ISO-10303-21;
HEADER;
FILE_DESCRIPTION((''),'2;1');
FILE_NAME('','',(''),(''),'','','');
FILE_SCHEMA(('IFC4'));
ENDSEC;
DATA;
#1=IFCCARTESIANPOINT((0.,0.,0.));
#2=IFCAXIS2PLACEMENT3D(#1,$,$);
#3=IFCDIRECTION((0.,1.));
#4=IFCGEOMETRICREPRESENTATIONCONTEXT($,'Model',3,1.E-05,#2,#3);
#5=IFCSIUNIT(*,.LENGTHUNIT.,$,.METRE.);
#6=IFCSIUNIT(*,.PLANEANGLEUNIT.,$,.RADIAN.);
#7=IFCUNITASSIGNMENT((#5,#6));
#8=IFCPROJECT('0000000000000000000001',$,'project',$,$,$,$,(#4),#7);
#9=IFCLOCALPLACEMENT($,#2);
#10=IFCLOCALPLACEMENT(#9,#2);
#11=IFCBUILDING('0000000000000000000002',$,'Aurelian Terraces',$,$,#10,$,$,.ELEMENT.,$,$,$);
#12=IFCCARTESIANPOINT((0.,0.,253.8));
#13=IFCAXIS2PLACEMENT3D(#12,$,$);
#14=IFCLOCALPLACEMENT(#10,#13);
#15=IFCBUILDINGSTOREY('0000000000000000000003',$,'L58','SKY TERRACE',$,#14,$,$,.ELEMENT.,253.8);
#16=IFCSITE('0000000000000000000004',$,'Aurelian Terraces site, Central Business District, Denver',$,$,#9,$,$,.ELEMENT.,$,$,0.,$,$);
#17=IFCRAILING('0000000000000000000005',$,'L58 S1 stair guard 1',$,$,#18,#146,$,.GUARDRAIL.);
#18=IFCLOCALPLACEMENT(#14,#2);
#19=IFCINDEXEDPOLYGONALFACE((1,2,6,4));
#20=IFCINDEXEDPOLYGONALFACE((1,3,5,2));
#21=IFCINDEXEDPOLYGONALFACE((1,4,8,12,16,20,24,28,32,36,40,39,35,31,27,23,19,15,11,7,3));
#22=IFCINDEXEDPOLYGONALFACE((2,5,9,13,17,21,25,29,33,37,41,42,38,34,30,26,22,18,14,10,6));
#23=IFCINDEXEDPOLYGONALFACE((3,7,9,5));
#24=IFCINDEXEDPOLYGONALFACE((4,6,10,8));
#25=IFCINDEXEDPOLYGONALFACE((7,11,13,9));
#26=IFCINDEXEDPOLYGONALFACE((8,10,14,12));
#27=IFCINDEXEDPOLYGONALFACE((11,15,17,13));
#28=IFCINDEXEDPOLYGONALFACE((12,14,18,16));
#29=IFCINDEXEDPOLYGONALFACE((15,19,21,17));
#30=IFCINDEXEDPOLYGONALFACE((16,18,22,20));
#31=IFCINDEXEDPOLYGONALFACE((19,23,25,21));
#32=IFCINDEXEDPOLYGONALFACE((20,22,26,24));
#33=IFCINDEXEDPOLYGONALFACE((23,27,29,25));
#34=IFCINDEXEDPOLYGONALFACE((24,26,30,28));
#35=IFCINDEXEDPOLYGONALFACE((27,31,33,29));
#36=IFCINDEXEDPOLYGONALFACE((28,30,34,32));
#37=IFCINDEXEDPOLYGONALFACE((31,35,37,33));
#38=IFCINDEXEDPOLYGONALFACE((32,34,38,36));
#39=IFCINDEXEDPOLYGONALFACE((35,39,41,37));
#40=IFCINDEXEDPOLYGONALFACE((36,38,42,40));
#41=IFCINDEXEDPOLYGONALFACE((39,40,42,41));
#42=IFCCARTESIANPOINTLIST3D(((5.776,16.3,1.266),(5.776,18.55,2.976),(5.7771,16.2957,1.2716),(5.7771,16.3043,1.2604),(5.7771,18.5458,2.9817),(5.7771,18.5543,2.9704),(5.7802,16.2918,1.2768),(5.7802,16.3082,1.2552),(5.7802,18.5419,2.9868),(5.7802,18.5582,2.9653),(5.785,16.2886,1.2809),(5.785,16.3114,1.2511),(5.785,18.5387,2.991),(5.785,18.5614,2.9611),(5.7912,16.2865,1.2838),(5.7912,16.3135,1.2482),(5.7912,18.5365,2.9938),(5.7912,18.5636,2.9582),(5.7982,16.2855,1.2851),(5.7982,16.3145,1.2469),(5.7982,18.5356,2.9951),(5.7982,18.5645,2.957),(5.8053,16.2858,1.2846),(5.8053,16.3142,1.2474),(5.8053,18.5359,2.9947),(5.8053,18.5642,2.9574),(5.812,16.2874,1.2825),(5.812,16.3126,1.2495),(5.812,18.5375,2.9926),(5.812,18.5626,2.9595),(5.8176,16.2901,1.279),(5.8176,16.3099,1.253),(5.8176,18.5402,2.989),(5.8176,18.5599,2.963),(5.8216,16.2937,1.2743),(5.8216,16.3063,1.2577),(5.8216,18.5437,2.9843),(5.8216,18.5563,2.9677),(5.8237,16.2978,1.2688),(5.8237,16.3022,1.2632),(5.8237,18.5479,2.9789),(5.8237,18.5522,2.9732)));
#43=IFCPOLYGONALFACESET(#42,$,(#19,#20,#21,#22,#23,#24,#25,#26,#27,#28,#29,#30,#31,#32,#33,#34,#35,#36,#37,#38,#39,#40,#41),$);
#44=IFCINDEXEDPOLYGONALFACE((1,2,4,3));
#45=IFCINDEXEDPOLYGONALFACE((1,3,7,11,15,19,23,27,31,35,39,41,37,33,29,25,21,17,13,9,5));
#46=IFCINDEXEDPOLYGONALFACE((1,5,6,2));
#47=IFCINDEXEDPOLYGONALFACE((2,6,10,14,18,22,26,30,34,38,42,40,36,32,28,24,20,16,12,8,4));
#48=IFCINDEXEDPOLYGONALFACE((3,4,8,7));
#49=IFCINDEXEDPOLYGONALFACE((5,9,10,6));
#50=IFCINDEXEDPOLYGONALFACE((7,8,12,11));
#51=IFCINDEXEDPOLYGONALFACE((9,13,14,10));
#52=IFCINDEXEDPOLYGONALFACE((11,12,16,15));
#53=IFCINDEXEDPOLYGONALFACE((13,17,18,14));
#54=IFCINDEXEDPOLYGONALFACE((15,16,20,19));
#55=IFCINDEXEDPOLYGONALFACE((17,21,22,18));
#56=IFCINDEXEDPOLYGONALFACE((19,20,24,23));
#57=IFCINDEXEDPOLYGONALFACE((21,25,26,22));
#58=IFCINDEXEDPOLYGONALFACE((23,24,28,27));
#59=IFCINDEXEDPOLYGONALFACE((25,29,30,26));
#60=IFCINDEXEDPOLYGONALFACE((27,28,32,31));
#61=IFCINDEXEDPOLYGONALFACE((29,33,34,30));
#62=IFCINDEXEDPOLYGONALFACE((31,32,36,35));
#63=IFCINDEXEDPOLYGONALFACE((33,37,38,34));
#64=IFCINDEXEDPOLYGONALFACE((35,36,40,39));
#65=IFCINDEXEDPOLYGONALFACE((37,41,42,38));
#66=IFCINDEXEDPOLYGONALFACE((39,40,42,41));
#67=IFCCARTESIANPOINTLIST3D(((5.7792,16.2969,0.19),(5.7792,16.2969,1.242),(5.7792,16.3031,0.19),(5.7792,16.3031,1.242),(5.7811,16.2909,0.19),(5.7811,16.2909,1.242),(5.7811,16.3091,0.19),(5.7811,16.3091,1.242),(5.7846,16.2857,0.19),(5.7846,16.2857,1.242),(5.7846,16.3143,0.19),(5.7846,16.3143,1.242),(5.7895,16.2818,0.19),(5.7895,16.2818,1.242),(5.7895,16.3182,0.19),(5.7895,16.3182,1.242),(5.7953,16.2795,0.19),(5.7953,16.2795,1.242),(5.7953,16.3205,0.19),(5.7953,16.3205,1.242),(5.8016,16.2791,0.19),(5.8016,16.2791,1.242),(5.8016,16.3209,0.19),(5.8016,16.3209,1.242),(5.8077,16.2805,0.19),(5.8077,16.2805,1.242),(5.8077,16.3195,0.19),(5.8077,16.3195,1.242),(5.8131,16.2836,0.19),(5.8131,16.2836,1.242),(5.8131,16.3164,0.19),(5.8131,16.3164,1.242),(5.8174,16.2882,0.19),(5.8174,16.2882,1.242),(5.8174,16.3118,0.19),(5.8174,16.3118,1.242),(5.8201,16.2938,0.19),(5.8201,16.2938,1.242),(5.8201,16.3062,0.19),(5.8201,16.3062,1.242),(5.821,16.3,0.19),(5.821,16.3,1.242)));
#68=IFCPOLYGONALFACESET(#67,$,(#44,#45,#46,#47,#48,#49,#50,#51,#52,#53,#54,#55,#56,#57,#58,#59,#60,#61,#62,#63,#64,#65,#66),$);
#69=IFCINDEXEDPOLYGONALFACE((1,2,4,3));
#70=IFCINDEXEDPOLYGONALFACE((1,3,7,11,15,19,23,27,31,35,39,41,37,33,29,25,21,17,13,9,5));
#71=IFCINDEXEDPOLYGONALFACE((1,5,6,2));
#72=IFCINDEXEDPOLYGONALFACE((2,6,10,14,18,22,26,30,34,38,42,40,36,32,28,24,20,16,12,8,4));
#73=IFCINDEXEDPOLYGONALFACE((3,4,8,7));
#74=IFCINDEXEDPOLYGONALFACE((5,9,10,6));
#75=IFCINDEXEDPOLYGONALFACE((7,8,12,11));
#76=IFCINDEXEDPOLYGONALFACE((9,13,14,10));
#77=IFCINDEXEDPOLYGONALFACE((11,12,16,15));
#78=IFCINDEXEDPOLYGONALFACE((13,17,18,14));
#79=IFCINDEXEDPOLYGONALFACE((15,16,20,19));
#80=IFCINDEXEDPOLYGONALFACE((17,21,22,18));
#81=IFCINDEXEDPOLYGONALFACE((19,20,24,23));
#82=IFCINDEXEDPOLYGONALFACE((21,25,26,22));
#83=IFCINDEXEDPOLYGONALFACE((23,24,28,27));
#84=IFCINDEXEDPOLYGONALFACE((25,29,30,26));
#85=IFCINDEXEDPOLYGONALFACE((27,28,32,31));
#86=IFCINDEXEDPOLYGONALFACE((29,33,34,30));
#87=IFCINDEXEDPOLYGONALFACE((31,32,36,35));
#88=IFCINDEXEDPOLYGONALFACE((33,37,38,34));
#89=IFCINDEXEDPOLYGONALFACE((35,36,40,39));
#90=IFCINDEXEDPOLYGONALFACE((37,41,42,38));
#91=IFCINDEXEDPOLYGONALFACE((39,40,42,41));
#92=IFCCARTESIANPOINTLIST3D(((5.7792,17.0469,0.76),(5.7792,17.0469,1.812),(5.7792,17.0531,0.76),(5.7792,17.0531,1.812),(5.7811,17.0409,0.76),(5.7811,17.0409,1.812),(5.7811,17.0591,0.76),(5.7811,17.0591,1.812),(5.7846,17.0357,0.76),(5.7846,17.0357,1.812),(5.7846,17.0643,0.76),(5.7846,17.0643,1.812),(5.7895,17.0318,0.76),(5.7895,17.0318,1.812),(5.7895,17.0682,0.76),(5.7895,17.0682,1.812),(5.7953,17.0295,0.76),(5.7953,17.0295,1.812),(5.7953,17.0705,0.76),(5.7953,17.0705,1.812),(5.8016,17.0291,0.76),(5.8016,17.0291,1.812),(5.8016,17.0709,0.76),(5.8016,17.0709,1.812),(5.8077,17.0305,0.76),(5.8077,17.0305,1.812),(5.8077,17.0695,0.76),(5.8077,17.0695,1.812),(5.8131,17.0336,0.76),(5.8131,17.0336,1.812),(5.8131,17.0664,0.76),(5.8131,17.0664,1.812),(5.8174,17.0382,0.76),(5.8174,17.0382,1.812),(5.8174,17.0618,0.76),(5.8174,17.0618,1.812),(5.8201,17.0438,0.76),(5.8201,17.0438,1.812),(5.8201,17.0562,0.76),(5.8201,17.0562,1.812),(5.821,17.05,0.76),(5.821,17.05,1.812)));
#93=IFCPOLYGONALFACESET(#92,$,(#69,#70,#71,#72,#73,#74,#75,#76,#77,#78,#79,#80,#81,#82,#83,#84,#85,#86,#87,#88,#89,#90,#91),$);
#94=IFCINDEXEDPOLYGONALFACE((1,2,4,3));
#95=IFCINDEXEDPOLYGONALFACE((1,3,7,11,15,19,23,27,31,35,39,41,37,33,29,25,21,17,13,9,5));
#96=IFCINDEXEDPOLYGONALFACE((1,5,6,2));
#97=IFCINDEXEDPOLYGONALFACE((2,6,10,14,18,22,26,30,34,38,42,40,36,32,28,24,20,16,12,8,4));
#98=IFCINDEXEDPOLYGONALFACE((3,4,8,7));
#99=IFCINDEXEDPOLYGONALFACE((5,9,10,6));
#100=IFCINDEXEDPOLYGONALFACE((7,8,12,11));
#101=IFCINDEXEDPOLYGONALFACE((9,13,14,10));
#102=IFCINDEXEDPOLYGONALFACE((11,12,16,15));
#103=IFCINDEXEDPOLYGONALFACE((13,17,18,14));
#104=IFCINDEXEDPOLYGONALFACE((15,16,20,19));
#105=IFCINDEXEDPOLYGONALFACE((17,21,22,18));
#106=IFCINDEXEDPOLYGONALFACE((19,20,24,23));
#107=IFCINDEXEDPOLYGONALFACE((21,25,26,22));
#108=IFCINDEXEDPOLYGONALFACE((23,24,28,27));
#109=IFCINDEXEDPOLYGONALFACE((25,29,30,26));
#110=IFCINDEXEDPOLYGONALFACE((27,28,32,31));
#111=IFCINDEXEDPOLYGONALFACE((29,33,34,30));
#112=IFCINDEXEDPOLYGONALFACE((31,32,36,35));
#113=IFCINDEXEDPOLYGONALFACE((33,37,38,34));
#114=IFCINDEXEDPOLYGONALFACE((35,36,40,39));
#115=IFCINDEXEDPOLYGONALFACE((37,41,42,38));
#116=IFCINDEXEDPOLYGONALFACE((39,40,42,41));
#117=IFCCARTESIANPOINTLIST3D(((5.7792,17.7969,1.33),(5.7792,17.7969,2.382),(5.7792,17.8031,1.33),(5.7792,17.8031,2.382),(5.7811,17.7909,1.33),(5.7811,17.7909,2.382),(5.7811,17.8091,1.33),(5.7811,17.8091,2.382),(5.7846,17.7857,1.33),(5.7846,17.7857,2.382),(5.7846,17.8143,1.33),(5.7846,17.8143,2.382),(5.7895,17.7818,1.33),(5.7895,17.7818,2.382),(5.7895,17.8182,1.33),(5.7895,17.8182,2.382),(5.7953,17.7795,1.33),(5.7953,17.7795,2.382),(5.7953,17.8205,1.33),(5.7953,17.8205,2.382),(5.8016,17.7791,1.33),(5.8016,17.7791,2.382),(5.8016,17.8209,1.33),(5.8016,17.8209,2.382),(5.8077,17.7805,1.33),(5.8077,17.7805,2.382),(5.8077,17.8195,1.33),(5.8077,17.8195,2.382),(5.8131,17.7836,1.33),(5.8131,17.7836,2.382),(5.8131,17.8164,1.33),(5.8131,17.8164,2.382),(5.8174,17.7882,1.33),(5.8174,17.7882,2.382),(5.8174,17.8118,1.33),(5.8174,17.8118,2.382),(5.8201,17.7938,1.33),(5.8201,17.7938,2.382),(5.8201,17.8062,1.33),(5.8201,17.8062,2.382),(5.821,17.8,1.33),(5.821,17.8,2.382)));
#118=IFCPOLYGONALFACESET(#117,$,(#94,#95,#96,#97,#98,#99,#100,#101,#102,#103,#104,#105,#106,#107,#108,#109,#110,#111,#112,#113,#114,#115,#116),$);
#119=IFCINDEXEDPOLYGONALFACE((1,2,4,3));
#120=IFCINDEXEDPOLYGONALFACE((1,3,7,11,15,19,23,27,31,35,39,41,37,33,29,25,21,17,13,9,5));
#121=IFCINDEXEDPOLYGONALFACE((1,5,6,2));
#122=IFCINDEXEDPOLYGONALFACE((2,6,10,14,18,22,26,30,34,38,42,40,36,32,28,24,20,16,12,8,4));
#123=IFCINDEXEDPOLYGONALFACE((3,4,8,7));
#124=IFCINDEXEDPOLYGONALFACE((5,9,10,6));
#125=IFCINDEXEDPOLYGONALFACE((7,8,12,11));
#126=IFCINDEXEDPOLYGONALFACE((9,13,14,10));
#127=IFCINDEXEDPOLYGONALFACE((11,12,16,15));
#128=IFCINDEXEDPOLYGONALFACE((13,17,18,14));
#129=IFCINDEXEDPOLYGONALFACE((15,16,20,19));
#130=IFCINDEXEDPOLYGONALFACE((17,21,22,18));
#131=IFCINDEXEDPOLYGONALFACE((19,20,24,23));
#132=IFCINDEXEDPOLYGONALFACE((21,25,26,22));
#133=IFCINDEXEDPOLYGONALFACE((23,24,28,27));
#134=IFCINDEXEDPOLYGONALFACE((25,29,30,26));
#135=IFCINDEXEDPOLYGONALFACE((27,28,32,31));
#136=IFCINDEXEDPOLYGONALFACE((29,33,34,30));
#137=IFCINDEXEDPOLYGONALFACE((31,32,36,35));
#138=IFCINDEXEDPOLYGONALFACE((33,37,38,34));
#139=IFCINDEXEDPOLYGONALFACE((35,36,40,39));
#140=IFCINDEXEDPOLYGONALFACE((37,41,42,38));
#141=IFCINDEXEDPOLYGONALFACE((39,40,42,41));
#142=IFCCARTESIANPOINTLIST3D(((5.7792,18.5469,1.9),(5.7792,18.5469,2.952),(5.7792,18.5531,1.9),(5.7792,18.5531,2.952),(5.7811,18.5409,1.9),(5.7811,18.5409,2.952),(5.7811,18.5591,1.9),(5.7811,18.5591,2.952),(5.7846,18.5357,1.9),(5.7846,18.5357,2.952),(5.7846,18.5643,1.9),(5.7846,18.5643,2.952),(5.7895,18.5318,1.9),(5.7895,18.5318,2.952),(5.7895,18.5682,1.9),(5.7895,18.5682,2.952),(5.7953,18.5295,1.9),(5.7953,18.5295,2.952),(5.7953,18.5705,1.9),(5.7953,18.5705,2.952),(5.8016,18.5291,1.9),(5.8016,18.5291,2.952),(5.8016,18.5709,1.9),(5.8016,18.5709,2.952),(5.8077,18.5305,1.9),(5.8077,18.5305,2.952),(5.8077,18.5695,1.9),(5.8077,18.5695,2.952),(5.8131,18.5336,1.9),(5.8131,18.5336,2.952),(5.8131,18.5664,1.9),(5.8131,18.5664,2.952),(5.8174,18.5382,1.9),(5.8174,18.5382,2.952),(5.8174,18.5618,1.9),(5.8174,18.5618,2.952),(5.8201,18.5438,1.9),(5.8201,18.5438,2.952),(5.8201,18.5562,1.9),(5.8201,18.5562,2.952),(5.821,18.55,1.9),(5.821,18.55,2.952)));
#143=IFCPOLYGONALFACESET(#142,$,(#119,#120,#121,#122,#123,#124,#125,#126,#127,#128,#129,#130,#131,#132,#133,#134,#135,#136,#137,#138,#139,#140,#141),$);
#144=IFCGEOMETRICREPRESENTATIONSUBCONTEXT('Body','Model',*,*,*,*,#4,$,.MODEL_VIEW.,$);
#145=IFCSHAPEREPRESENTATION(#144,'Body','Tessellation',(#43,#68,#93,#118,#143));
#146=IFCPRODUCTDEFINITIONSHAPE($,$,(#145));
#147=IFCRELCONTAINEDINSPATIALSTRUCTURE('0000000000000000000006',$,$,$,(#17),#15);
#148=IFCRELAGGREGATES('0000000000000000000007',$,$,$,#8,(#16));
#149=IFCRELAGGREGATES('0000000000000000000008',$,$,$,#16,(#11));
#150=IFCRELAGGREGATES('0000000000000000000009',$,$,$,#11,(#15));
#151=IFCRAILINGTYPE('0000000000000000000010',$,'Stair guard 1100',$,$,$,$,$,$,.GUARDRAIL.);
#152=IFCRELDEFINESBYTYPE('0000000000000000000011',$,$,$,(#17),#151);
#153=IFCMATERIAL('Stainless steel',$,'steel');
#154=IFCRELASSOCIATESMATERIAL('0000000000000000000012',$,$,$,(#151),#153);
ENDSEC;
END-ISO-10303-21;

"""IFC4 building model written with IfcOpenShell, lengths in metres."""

from ifc_helpers import new_model, si_unit, direction, frame, origin, origin_2d, place, context, subcontext, project, spatial, circle, extrude, source, transform, mapped, material, type_object, element, save


model = new_model("IFC4")

# Units and contexts
model_context = context("Model", 3, precision=1e-05, world=origin(), true_north=direction((0.0, 1.0)))
body_context = subcontext(model_context, "Body", "Model", "MODEL_VIEW")
ifc_project = project(units=[si_unit("LENGTHUNIT", "METRE"), si_unit("PLANEANGLEUNIT", "RADIAN")], contexts=[model_context])

# Site, building, storey
site_placement = place(None, origin())
site = spatial("IfcSite", under=ifc_project, at=site_placement, Name="Aurelian Terraces site, Central Business District, Denver", CompositionType="ELEMENT", RefElevation=0.0)
building_placement = place(site_placement, origin())
building = spatial("IfcBuilding", under=site, at=building_placement, Name="Aurelian Terraces", CompositionType="ELEMENT")
storey_placement = place(building_placement, frame((0.0, 0.0, 253.8)))
storey = spatial("IfcBuildingStorey", under=building, at=storey_placement, Name="L58", Description="SKY TERRACE", CompositionType="ELEMENT", Elevation=253.8)

# Shared definitions
ifc_material_1 = material(Name="Stainless steel", Category="steel")

# Railing
railing_type_1 = type_object("IfcRailingType", Name="Stair guard 1100", PredefinedType="GUARDRAIL", material=ifc_material_1)
shared_shape_1 = source(origin(), body_context, "Body", "SweptSolid", [
    extrude(circle(Radius=0.024, at=origin_2d()), frame((0.0, 0.0, 1.076), z_axis=(0.0, 0.796162, 0.605083), x_axis=(-1.0, 0.0, 0.0)), (0.0, 0.0, 1.0), 2.8261),
    extrude(circle(Radius=0.021, at=origin_2d()), origin(), (0.0, 0.0, 1.0), 1.052),
    extrude(circle(Radius=0.021, at=origin_2d()), frame((0.0, 0.75, 0.57)), (0.0, 0.0, 1.0), 1.052),
    extrude(circle(Radius=0.021, at=origin_2d()), frame((0.0, 1.5, 1.14)), (0.0, 0.0, 1.0), 1.052),
    extrude(circle(Radius=0.021, at=origin_2d()), frame((0.0, 2.25, 1.71)), (0.0, 0.0, 1.0), 1.052),
])
railing_1_placement = place(storey_placement, frame((5.8, 16.3, 0.19)))
element("IfcRailing", 1, at=railing_1_placement, inside=storey, type_object=railing_type_1, Name="L58 S1 stair guard 1", PredefinedType="GUARDRAIL", context=body_context, shape_type="MappedRepresentation", body=[
    mapped(shared_shape_1, transform((0.0, 0.0, 0.0), scale=1.0)),
])

save(model, "model.ifc")
